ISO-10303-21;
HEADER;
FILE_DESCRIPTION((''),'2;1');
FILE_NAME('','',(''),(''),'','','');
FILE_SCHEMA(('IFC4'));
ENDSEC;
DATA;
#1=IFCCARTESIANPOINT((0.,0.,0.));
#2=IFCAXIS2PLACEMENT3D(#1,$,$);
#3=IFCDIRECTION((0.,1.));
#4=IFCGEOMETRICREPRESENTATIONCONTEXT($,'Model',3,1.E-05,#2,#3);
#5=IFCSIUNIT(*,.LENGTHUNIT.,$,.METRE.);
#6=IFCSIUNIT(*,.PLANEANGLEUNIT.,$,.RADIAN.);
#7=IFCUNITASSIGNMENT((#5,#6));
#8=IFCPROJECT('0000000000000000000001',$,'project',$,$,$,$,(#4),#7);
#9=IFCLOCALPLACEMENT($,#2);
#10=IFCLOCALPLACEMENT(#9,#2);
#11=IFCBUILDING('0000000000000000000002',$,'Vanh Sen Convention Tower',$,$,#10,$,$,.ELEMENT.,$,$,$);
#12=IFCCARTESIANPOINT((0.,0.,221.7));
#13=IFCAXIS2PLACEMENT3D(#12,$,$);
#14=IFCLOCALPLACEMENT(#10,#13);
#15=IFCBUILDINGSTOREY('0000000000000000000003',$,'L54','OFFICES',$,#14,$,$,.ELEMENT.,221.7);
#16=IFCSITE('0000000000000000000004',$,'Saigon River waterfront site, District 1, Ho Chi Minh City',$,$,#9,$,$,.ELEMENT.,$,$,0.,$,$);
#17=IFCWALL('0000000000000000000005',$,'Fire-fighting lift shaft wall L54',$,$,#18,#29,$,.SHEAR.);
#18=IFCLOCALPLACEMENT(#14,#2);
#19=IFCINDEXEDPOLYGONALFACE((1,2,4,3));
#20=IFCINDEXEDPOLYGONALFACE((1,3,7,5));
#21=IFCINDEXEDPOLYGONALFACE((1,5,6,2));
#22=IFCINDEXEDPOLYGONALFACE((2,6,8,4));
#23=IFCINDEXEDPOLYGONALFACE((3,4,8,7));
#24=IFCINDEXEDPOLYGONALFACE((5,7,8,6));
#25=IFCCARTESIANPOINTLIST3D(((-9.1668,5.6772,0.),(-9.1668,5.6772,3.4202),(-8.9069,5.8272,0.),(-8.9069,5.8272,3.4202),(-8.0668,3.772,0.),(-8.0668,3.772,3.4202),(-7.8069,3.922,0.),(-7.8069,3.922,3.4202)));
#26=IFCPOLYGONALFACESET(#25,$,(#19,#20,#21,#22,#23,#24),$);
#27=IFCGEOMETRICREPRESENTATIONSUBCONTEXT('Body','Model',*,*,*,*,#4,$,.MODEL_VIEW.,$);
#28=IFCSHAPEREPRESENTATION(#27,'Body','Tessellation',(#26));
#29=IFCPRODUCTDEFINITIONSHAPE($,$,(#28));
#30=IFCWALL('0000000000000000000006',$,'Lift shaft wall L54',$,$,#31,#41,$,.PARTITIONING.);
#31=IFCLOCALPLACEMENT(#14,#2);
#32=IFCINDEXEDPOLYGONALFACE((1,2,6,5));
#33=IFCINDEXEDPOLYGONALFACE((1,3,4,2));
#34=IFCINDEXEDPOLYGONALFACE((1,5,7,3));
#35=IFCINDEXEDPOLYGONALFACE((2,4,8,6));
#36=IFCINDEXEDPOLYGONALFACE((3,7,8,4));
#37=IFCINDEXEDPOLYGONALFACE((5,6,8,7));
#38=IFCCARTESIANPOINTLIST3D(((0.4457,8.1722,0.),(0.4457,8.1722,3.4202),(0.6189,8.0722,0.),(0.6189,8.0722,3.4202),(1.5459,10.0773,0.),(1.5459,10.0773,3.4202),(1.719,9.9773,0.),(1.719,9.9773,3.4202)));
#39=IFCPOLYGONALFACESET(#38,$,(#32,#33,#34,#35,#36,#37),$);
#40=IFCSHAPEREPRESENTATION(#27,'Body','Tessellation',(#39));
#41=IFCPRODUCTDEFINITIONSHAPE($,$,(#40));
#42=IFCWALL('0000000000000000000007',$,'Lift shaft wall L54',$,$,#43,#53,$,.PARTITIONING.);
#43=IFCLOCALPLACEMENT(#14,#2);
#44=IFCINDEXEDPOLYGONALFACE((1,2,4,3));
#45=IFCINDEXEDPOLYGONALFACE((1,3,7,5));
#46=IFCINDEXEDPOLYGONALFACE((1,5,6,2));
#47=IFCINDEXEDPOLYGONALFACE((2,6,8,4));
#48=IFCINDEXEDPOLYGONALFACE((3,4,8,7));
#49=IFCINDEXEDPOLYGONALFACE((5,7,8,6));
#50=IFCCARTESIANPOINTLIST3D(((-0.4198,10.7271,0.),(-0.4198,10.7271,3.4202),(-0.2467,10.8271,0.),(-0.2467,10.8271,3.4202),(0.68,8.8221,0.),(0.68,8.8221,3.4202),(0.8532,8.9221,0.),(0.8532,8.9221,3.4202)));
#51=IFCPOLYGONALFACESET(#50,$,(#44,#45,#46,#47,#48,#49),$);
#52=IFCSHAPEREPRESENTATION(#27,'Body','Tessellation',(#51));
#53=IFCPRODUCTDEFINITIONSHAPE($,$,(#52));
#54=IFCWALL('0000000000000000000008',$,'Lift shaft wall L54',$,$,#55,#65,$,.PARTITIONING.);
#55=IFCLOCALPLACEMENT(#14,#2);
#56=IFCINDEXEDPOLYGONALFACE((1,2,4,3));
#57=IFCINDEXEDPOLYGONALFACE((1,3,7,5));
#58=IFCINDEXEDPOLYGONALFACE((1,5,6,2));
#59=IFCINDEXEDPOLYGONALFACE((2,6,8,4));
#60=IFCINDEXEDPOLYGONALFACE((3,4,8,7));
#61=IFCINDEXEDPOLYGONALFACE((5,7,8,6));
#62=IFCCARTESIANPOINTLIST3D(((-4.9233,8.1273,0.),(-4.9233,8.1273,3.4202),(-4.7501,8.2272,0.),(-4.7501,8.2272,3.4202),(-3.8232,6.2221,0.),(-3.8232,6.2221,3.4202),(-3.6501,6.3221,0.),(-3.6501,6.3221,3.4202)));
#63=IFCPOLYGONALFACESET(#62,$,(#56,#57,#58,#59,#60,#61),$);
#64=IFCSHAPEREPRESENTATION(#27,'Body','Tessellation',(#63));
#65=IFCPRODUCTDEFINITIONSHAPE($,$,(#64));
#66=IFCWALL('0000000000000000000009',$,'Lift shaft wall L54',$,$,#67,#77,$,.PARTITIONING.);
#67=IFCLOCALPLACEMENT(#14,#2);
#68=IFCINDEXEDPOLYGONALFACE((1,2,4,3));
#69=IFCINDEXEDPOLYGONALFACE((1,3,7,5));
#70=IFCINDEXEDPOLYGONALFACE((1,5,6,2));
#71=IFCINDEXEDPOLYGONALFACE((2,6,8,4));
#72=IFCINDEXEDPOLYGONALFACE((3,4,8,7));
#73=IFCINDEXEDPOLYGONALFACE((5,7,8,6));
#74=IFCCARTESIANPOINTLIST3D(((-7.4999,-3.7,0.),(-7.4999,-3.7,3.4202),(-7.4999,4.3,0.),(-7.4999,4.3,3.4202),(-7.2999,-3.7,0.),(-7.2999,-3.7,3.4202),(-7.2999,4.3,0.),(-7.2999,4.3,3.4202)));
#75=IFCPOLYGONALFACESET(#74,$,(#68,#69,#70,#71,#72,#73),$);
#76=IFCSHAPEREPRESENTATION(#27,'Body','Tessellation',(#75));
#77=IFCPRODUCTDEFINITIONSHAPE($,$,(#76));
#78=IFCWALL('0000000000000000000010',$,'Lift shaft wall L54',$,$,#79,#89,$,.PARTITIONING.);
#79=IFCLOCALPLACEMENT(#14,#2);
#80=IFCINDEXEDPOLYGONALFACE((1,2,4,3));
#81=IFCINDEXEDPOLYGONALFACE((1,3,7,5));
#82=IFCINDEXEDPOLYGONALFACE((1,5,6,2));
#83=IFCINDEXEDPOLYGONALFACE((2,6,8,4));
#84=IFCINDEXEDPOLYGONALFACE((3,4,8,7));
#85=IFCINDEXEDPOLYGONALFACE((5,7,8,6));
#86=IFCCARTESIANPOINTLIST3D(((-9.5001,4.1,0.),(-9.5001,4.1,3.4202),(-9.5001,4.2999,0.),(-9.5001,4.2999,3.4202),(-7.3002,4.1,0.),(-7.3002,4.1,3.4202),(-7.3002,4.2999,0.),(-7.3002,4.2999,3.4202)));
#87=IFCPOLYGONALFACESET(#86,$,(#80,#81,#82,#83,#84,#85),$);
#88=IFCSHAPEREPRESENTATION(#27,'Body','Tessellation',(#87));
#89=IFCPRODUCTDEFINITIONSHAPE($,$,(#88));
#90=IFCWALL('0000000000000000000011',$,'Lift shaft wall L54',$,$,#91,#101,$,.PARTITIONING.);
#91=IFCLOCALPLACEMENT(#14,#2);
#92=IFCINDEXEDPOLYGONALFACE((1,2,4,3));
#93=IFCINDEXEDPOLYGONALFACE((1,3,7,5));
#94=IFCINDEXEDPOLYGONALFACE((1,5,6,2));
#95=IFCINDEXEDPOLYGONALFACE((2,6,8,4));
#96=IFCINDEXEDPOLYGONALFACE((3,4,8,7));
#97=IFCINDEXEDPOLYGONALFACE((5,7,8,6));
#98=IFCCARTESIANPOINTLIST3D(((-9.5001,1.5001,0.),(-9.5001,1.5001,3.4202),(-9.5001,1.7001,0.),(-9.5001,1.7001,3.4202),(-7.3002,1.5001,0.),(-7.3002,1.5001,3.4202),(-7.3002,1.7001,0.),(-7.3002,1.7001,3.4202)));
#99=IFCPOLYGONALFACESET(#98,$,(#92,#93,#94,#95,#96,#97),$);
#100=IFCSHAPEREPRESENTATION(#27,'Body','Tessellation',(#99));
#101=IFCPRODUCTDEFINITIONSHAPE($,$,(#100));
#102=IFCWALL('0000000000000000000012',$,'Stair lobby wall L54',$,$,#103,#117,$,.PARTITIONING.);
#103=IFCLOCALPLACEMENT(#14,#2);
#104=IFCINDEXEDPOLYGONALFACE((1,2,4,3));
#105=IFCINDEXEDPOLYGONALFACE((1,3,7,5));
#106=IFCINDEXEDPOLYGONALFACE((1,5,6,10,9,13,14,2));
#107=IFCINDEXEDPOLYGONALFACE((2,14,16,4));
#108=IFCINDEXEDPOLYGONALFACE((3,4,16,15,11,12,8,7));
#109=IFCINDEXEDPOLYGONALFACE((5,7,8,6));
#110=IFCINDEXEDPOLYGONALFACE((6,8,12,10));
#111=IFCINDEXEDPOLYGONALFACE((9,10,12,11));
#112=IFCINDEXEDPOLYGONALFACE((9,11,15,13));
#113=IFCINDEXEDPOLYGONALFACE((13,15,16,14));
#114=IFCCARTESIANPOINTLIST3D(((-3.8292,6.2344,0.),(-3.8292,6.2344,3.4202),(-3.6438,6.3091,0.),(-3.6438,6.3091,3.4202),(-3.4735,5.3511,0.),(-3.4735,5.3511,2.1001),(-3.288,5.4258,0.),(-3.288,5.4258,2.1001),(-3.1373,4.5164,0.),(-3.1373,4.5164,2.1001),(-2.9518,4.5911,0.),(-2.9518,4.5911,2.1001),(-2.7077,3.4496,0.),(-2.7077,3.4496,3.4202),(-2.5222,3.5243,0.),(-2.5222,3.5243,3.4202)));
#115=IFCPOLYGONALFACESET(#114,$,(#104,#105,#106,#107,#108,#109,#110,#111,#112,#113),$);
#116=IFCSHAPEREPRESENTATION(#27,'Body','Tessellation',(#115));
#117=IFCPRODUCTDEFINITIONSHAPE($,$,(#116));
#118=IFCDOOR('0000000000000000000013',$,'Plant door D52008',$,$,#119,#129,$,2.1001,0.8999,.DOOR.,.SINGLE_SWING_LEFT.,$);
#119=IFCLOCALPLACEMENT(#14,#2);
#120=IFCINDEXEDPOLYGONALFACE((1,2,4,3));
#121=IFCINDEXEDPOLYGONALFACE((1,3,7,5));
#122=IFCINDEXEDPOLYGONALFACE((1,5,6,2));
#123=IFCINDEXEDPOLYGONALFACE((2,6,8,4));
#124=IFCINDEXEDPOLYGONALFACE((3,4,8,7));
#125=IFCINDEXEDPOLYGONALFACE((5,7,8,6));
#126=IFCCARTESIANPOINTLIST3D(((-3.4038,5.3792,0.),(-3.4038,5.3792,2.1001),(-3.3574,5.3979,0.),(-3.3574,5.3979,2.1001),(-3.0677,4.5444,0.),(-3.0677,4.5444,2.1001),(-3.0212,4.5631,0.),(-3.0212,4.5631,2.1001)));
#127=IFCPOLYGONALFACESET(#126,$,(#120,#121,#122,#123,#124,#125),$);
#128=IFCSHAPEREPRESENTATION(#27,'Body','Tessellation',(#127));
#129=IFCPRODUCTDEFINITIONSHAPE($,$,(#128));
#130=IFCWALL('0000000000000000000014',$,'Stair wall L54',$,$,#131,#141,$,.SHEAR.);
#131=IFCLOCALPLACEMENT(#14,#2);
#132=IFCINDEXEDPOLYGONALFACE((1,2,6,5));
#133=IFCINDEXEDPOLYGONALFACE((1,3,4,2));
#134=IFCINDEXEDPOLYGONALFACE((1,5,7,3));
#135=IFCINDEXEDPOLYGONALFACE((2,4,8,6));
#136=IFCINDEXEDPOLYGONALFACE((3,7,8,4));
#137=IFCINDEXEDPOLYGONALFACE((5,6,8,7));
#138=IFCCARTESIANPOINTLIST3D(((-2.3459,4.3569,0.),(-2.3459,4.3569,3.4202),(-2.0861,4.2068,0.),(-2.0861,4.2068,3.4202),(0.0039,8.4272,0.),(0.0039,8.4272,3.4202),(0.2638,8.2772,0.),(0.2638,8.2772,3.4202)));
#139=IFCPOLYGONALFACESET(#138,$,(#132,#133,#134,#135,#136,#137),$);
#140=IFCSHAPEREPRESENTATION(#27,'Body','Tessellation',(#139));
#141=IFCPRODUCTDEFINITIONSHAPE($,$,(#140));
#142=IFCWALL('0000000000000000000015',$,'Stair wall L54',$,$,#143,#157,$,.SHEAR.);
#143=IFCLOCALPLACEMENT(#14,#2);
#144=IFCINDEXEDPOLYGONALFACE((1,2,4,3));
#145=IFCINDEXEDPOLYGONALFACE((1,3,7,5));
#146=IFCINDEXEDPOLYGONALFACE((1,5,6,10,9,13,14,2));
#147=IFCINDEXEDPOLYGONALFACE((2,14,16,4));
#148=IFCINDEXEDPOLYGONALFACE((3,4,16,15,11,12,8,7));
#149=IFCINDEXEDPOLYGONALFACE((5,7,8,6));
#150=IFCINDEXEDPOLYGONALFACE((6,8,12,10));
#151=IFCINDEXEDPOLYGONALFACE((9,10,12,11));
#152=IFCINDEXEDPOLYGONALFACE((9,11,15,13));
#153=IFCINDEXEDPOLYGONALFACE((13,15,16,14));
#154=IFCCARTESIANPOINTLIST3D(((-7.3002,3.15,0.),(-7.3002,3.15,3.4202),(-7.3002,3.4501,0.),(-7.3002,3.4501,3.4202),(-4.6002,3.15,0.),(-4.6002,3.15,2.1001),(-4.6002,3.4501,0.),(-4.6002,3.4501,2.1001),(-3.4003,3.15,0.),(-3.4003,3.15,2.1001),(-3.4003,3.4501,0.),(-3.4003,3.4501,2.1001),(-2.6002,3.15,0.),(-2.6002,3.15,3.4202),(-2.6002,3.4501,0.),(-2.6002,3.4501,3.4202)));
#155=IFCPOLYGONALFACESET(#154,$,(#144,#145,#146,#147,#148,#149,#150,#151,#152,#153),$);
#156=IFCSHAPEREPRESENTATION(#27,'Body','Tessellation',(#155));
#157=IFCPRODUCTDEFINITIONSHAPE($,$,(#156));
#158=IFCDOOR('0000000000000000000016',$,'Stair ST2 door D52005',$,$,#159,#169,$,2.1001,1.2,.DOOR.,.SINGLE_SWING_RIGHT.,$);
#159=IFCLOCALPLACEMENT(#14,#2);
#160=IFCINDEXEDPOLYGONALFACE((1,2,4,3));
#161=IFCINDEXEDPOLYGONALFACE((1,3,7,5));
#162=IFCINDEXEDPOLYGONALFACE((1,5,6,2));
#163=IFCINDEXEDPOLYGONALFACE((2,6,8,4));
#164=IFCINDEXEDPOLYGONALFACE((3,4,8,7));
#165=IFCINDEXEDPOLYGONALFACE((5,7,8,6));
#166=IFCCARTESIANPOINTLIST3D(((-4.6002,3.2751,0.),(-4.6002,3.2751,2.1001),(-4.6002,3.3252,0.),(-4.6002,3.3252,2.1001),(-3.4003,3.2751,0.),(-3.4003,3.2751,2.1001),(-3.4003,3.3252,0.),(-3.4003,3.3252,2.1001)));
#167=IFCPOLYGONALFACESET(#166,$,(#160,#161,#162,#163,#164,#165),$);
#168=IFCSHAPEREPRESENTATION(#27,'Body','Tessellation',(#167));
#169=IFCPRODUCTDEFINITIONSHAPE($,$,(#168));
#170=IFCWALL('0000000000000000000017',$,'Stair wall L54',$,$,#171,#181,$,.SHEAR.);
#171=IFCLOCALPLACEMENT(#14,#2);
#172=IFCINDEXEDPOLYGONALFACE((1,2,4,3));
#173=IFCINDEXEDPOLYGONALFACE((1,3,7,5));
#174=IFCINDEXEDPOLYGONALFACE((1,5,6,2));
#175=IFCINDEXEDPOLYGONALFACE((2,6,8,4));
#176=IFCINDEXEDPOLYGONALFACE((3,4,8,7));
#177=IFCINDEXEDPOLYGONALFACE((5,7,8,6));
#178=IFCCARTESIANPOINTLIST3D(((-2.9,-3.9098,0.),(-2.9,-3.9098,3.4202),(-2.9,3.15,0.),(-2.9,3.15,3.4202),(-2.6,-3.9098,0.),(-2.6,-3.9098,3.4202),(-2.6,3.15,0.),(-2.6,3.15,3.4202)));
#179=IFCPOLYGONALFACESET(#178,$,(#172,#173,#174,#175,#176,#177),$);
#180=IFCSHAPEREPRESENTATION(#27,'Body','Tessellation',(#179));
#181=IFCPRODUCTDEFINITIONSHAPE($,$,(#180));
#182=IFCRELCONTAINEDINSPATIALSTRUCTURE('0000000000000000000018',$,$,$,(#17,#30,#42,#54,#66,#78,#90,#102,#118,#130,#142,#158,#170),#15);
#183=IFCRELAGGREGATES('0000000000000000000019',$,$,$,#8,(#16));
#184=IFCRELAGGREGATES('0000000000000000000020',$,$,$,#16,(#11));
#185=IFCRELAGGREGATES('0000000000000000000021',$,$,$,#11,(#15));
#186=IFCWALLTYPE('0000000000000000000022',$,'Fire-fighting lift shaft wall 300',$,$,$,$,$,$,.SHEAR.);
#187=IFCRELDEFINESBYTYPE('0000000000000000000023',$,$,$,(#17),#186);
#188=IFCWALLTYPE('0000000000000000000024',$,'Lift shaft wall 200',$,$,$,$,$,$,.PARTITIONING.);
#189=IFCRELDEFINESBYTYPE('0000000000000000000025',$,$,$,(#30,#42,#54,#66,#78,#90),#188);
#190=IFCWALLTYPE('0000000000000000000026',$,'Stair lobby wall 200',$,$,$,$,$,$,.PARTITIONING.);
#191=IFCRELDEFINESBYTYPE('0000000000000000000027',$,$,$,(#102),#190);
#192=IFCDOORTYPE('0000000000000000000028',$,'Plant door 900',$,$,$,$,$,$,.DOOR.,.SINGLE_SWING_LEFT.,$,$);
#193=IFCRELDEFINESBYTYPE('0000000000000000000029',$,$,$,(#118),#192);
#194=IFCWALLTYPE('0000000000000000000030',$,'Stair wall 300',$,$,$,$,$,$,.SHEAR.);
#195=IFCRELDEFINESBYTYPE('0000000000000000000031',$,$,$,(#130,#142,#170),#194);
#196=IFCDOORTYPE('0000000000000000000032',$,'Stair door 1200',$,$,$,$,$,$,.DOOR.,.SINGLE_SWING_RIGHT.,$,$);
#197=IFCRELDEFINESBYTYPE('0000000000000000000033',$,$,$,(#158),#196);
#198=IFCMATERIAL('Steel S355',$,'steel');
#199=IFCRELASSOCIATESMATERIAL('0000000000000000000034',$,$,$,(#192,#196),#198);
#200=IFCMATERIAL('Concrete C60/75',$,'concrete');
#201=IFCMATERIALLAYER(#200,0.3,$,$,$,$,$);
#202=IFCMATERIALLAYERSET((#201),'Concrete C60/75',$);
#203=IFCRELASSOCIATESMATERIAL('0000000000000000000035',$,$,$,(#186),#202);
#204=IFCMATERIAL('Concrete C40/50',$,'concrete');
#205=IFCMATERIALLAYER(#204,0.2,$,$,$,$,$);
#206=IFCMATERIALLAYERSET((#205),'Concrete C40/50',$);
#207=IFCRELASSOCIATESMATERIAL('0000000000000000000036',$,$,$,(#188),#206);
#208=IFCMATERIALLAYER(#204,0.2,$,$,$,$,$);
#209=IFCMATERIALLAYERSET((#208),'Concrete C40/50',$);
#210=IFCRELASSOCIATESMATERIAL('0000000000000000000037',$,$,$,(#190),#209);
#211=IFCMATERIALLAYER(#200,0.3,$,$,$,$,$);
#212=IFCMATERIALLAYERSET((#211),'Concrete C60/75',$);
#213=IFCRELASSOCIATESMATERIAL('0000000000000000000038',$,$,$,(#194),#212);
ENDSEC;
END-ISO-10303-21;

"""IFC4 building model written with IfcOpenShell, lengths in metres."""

from ifc_helpers import new_model, si_unit, direction, frame, frame_2d, origin, place, context, subcontext, project, spatial, rectangle, extrude, material, layer, layer_set, type_object, element, fill, save


model = new_model("IFC4")

# Units and contexts
model_context = context("Model", 3, precision=1e-05, world=origin(), true_north=direction((0.0, 1.0)))
body_context = subcontext(model_context, "Body", "Model", "MODEL_VIEW")
ifc_project = project(units=[si_unit("LENGTHUNIT", "METRE"), si_unit("PLANEANGLEUNIT", "RADIAN")], contexts=[model_context])

# Site, building, storey
site_placement = place(None, origin())
site = spatial("IfcSite", under=ifc_project, at=site_placement, Name="Saigon River waterfront site, District 1, Ho Chi Minh City", CompositionType="ELEMENT", RefElevation=0.0)
building_placement = place(site_placement, origin())
building = spatial("IfcBuilding", under=site, at=building_placement, Name="Vanh Sen Convention Tower", CompositionType="ELEMENT")
storey_placement = place(building_placement, frame((0.0, 0.0, 221.7)))
storey = spatial("IfcBuildingStorey", under=building, at=storey_placement, Name="L54", Description="OFFICES", CompositionType="ELEMENT", Elevation=221.7)

# Shared definitions
ifc_material_1 = material(Name="Concrete C40/50", Category="concrete")

# Shared definitions
ifc_material_2 = material(Name="Concrete C60/75", Category="concrete")
ifc_material_3 = material(Name="Steel S355", Category="steel")
door_type_1 = type_object("IfcDoorType", Name="Plant door 900", OperationType="SINGLE_SWING_LEFT", PredefinedType="DOOR", material=ifc_material_3)

# Shared definitions
ifc_layer_1 = layer(ifc_material_2, 0.3)
ifc_layer_set_1 = layer_set([ifc_layer_1], Name="Concrete C60/75")
wall_type_1 = type_object("IfcWallType", Name="Fire-fighting lift shaft wall 300", PredefinedType="SHEAR", material=ifc_layer_set_1)

# Walls
wall_1_placement = place(storey_placement, frame((-7.9368, 3.8469, 0.0), z_axis=(0.0, 0.0, 1.0), x_axis=(-0.50003, 0.866008, 0.0)))
element("IfcWall", 1, at=wall_1_placement, inside=storey, type_object=wall_type_1, Name="Fire-fighting lift shaft wall L54", PredefinedType="SHEAR", context=body_context, shape_type="SweptSolid", body=[
    extrude(rectangle(XDim=2.2, YDim=0.3, at=frame_2d((1.1001, 0.0))), origin(), (0.0, 0.0, 1.0), 3.4202),
])
ifc_layer_2 = layer(ifc_material_1, 0.2)
ifc_layer_set_2 = layer_set([ifc_layer_2], Name="Concrete C40/50")
wall_type_2 = type_object("IfcWallType", Name="Lift shaft wall 200", PredefinedType="PARTITIONING", material=ifc_layer_set_2)
wall_2_placement = place(storey_placement, frame((0.5322, 8.1221, 0.0), z_axis=(0.0, 0.0, 1.0), x_axis=(0.500078, 0.86598, 0.0)))
element("IfcWall", 2, at=wall_2_placement, inside=storey, type_object=wall_type_2, Name="Lift shaft wall L54", PredefinedType="PARTITIONING", context=body_context, shape_type="SweptSolid", body=[
    extrude(rectangle(XDim=2.2, YDim=0.2, at=frame_2d((1.1001, 0.0))), origin(), (0.0, 0.0, 1.0), 3.4202),
])
wall_3_placement = place(storey_placement, frame((0.7666, 8.8721, 0.0), z_axis=(0.0, 0.0, 1.0), x_axis=(-0.499995, 0.866028, 0.0)))
element("IfcWall", 3, at=wall_3_placement, inside=storey, type_object=wall_type_2, Name="Lift shaft wall L54", PredefinedType="PARTITIONING", context=body_context, shape_type="SweptSolid", body=[
    extrude(rectangle(XDim=2.1997, YDim=0.2, at=frame_2d((1.0999, 0.0))), origin(), (0.0, 0.0, 1.0), 3.4202),
])
wall_4_placement = place(storey_placement, frame((-3.7366, 6.272, 0.0), z_axis=(0.0, 0.0, 1.0), x_axis=(-0.50003, 0.866008, 0.0)))
element("IfcWall", 4, at=wall_4_placement, inside=storey, type_object=wall_type_2, Name="Lift shaft wall L54", PredefinedType="PARTITIONING", context=body_context, shape_type="SweptSolid", body=[
    extrude(rectangle(XDim=2.2, YDim=0.2, at=frame_2d((1.1001, 0.0))), origin(), (0.0, 0.0, 1.0), 3.4202),
])
wall_5_placement = place(storey_placement, frame((-7.3999, 4.3, 0.0), z_axis=(0.0, 0.0, 1.0), x_axis=(0.0, -1.0, 0.0)))
element("IfcWall", 5, at=wall_5_placement, inside=storey, type_object=wall_type_2, Name="Lift shaft wall L54", PredefinedType="PARTITIONING", context=body_context, shape_type="SweptSolid", body=[
    extrude(rectangle(XDim=8.0, YDim=0.2, at=frame_2d((4.0, 0.0))), origin(), (0.0, 0.0, 1.0), 3.4202),
])
for number, where, z_axis, x_axis, name in (
    (6, (-7.3, 4.2, 0.0), (0.0, 0.0, 1.0), (-1.0, 0.0, 0.0), "Lift shaft wall L54"),
    (7, (-7.3, 1.6001, 0.0), (0.0, 0.0, 1.0), (-1.0, 0.0, 0.0), "Lift shaft wall L54"),
):
    element("IfcWall", number, at=place(storey_placement, frame(where, z_axis=z_axis, x_axis=x_axis)), inside=storey, type_object=wall_type_2, Name=name, PredefinedType="PARTITIONING", context=body_context, shape_type="SweptSolid", body=[
        extrude(rectangle(XDim=2.2, YDim=0.2, at=frame_2d((1.1001, 0.0))), origin(), (0.0, 0.0, 1.0), 3.4202),
    ])

# Wall, opening, door
ifc_layer_3 = layer(ifc_material_1, 0.2)
ifc_layer_set_3 = layer_set([ifc_layer_3], Name="Concrete C40/50")
wall_type_3 = type_object("IfcWallType", Name="Stair lobby wall 200", PredefinedType="PARTITIONING", material=ifc_layer_set_3)
wall_6_placement = place(storey_placement, frame((-2.615, 3.4871, 0.0), z_axis=(0.0, 0.0, 1.0), x_axis=(-0.373577, 0.927599, 0.0)))
wall_6 = element("IfcWall", 8, at=wall_6_placement, inside=storey, type_object=wall_type_3, Name="Stair lobby wall L54", PredefinedType="PARTITIONING", context=body_context, shape_type="SweptSolid", body=[
    extrude(rectangle(XDim=3.0022, YDim=0.2, at=frame_2d((1.501, 0.0))), origin(), (0.0, 0.0, 1.0), 3.4202),
])
opening_1_placement = place(wall_6_placement, frame((1.1499, 0.0, 0.0)))
opening_1 = element("IfcOpeningElement", 9, at=opening_1_placement, cuts=wall_6, PredefinedType="OPENING", context=body_context, shape_type="SweptSolid", body=[
    extrude(rectangle(XDim=0.8999, YDim=2.1001, at=frame_2d((0.45, 1.05))), frame((0.0, 0.1099, 0.0), z_axis=(0.0, -1.0, 0.0), x_axis=(1.0, 0.0, 0.0)), (0.0, 0.0, 1.0), 0.22),
])
door_1_placement = place(opening_1_placement, origin())
door_1 = element("IfcDoor", 10, at=door_1_placement, inside=storey, type_object=door_type_1, Name="Plant door D52008", OperationType="SINGLE_SWING_LEFT", OverallHeight=2.1001, OverallWidth=0.8999, PredefinedType="DOOR", context=body_context, shape_type="SweptSolid", body=[
    extrude(rectangle(XDim=0.8999, YDim=2.1001, at=frame_2d((0.45, 1.05))), frame((0.0, 0.0249, 0.0), z_axis=(0.0, -1.0, 0.0), x_axis=(1.0, 0.0, 0.0)), (0.0, 0.0, 1.0), 0.05),
])
fill(opening_1, door_1)

# Wall
ifc_layer_4 = layer(ifc_material_2, 0.3)
ifc_layer_set_4 = layer_set([ifc_layer_4], Name="Concrete C60/75")
wall_type_4 = type_object("IfcWallType", Name="Stair wall 300", PredefinedType="SHEAR", material=ifc_layer_set_4)
wall_7_placement = place(storey_placement, frame((-2.2161, 4.2817, 0.0), z_axis=(0.0, 0.0, 1.0), x_axis=(0.499977, 0.866039, 0.0)))
element("IfcWall", 11, at=wall_7_placement, inside=storey, type_object=wall_type_4, Name="Stair wall L54", PredefinedType="SHEAR", context=body_context, shape_type="SweptSolid", body=[
    extrude(rectangle(XDim=4.7, YDim=0.3, at=frame_2d((2.3501, 0.0))), origin(), (0.0, 0.0, 1.0), 3.4202),
])

# Wall, opening, door
wall_8_placement = place(storey_placement, frame((-2.6001, 3.3, 0.0), z_axis=(0.0, 0.0, 1.0), x_axis=(-1.0, 0.0, 0.0)))
wall_8 = element("IfcWall", 12, at=wall_8_placement, inside=storey, type_object=wall_type_4, Name="Stair wall L54", PredefinedType="SHEAR", context=body_context, shape_type="SweptSolid", body=[
    extrude(rectangle(XDim=4.7, YDim=0.3, at=frame_2d((2.3501, 0.0))), origin(), (0.0, 0.0, 1.0), 3.4202),
])
opening_2_placement = place(wall_8_placement, frame((0.8, 0.0, 0.0)))
opening_2 = element("IfcOpeningElement", 13, at=opening_2_placement, cuts=wall_8, PredefinedType="OPENING", context=body_context, shape_type="SweptSolid", body=[
    extrude(rectangle(XDim=1.2, YDim=2.1001, at=frame_2d((0.6001, 1.05))), frame((0.0, 0.1599, 0.0), z_axis=(0.0, -1.0, 0.0), x_axis=(1.0, 0.0, 0.0)), (0.0, 0.0, 1.0), 0.3201),
])
door_type_2 = type_object("IfcDoorType", Name="Stair door 1200", OperationType="SINGLE_SWING_RIGHT", PredefinedType="DOOR", material=ifc_material_3)
door_2_placement = place(opening_2_placement, origin())
door_2 = element("IfcDoor", 14, at=door_2_placement, inside=storey, type_object=door_type_2, Name="Stair ST2 door D52005", OperationType="SINGLE_SWING_RIGHT", OverallHeight=2.1001, OverallWidth=1.2, PredefinedType="DOOR", context=body_context, shape_type="SweptSolid", body=[
    extrude(rectangle(XDim=1.2, YDim=2.1001, at=frame_2d((0.6001, 1.05))), frame((0.0, 0.0249, 0.0), z_axis=(0.0, -1.0, 0.0), x_axis=(1.0, 0.0, 0.0)), (0.0, 0.0, 1.0), 0.05),
])
fill(opening_2, door_2)

# Wall
for number, where, z_axis, x_axis, name in (
    (15, (-2.75, 3.1499, 0.0), (0.0, 0.0, 1.0), (0.0, -1.0, 0.0), "Stair wall L54"),
):
    element("IfcWall", number, at=place(storey_placement, frame(where, z_axis=z_axis, x_axis=x_axis)), inside=storey, type_object=wall_type_4, Name=name, PredefinedType="SHEAR", context=body_context, shape_type="SweptSolid", body=[
        extrude(rectangle(XDim=7.0598, YDim=0.3, at=frame_2d((3.5298, 0.0))), origin(), (0.0, 0.0, 1.0), 3.4202),
    ])

save(model, "model.ifc")
